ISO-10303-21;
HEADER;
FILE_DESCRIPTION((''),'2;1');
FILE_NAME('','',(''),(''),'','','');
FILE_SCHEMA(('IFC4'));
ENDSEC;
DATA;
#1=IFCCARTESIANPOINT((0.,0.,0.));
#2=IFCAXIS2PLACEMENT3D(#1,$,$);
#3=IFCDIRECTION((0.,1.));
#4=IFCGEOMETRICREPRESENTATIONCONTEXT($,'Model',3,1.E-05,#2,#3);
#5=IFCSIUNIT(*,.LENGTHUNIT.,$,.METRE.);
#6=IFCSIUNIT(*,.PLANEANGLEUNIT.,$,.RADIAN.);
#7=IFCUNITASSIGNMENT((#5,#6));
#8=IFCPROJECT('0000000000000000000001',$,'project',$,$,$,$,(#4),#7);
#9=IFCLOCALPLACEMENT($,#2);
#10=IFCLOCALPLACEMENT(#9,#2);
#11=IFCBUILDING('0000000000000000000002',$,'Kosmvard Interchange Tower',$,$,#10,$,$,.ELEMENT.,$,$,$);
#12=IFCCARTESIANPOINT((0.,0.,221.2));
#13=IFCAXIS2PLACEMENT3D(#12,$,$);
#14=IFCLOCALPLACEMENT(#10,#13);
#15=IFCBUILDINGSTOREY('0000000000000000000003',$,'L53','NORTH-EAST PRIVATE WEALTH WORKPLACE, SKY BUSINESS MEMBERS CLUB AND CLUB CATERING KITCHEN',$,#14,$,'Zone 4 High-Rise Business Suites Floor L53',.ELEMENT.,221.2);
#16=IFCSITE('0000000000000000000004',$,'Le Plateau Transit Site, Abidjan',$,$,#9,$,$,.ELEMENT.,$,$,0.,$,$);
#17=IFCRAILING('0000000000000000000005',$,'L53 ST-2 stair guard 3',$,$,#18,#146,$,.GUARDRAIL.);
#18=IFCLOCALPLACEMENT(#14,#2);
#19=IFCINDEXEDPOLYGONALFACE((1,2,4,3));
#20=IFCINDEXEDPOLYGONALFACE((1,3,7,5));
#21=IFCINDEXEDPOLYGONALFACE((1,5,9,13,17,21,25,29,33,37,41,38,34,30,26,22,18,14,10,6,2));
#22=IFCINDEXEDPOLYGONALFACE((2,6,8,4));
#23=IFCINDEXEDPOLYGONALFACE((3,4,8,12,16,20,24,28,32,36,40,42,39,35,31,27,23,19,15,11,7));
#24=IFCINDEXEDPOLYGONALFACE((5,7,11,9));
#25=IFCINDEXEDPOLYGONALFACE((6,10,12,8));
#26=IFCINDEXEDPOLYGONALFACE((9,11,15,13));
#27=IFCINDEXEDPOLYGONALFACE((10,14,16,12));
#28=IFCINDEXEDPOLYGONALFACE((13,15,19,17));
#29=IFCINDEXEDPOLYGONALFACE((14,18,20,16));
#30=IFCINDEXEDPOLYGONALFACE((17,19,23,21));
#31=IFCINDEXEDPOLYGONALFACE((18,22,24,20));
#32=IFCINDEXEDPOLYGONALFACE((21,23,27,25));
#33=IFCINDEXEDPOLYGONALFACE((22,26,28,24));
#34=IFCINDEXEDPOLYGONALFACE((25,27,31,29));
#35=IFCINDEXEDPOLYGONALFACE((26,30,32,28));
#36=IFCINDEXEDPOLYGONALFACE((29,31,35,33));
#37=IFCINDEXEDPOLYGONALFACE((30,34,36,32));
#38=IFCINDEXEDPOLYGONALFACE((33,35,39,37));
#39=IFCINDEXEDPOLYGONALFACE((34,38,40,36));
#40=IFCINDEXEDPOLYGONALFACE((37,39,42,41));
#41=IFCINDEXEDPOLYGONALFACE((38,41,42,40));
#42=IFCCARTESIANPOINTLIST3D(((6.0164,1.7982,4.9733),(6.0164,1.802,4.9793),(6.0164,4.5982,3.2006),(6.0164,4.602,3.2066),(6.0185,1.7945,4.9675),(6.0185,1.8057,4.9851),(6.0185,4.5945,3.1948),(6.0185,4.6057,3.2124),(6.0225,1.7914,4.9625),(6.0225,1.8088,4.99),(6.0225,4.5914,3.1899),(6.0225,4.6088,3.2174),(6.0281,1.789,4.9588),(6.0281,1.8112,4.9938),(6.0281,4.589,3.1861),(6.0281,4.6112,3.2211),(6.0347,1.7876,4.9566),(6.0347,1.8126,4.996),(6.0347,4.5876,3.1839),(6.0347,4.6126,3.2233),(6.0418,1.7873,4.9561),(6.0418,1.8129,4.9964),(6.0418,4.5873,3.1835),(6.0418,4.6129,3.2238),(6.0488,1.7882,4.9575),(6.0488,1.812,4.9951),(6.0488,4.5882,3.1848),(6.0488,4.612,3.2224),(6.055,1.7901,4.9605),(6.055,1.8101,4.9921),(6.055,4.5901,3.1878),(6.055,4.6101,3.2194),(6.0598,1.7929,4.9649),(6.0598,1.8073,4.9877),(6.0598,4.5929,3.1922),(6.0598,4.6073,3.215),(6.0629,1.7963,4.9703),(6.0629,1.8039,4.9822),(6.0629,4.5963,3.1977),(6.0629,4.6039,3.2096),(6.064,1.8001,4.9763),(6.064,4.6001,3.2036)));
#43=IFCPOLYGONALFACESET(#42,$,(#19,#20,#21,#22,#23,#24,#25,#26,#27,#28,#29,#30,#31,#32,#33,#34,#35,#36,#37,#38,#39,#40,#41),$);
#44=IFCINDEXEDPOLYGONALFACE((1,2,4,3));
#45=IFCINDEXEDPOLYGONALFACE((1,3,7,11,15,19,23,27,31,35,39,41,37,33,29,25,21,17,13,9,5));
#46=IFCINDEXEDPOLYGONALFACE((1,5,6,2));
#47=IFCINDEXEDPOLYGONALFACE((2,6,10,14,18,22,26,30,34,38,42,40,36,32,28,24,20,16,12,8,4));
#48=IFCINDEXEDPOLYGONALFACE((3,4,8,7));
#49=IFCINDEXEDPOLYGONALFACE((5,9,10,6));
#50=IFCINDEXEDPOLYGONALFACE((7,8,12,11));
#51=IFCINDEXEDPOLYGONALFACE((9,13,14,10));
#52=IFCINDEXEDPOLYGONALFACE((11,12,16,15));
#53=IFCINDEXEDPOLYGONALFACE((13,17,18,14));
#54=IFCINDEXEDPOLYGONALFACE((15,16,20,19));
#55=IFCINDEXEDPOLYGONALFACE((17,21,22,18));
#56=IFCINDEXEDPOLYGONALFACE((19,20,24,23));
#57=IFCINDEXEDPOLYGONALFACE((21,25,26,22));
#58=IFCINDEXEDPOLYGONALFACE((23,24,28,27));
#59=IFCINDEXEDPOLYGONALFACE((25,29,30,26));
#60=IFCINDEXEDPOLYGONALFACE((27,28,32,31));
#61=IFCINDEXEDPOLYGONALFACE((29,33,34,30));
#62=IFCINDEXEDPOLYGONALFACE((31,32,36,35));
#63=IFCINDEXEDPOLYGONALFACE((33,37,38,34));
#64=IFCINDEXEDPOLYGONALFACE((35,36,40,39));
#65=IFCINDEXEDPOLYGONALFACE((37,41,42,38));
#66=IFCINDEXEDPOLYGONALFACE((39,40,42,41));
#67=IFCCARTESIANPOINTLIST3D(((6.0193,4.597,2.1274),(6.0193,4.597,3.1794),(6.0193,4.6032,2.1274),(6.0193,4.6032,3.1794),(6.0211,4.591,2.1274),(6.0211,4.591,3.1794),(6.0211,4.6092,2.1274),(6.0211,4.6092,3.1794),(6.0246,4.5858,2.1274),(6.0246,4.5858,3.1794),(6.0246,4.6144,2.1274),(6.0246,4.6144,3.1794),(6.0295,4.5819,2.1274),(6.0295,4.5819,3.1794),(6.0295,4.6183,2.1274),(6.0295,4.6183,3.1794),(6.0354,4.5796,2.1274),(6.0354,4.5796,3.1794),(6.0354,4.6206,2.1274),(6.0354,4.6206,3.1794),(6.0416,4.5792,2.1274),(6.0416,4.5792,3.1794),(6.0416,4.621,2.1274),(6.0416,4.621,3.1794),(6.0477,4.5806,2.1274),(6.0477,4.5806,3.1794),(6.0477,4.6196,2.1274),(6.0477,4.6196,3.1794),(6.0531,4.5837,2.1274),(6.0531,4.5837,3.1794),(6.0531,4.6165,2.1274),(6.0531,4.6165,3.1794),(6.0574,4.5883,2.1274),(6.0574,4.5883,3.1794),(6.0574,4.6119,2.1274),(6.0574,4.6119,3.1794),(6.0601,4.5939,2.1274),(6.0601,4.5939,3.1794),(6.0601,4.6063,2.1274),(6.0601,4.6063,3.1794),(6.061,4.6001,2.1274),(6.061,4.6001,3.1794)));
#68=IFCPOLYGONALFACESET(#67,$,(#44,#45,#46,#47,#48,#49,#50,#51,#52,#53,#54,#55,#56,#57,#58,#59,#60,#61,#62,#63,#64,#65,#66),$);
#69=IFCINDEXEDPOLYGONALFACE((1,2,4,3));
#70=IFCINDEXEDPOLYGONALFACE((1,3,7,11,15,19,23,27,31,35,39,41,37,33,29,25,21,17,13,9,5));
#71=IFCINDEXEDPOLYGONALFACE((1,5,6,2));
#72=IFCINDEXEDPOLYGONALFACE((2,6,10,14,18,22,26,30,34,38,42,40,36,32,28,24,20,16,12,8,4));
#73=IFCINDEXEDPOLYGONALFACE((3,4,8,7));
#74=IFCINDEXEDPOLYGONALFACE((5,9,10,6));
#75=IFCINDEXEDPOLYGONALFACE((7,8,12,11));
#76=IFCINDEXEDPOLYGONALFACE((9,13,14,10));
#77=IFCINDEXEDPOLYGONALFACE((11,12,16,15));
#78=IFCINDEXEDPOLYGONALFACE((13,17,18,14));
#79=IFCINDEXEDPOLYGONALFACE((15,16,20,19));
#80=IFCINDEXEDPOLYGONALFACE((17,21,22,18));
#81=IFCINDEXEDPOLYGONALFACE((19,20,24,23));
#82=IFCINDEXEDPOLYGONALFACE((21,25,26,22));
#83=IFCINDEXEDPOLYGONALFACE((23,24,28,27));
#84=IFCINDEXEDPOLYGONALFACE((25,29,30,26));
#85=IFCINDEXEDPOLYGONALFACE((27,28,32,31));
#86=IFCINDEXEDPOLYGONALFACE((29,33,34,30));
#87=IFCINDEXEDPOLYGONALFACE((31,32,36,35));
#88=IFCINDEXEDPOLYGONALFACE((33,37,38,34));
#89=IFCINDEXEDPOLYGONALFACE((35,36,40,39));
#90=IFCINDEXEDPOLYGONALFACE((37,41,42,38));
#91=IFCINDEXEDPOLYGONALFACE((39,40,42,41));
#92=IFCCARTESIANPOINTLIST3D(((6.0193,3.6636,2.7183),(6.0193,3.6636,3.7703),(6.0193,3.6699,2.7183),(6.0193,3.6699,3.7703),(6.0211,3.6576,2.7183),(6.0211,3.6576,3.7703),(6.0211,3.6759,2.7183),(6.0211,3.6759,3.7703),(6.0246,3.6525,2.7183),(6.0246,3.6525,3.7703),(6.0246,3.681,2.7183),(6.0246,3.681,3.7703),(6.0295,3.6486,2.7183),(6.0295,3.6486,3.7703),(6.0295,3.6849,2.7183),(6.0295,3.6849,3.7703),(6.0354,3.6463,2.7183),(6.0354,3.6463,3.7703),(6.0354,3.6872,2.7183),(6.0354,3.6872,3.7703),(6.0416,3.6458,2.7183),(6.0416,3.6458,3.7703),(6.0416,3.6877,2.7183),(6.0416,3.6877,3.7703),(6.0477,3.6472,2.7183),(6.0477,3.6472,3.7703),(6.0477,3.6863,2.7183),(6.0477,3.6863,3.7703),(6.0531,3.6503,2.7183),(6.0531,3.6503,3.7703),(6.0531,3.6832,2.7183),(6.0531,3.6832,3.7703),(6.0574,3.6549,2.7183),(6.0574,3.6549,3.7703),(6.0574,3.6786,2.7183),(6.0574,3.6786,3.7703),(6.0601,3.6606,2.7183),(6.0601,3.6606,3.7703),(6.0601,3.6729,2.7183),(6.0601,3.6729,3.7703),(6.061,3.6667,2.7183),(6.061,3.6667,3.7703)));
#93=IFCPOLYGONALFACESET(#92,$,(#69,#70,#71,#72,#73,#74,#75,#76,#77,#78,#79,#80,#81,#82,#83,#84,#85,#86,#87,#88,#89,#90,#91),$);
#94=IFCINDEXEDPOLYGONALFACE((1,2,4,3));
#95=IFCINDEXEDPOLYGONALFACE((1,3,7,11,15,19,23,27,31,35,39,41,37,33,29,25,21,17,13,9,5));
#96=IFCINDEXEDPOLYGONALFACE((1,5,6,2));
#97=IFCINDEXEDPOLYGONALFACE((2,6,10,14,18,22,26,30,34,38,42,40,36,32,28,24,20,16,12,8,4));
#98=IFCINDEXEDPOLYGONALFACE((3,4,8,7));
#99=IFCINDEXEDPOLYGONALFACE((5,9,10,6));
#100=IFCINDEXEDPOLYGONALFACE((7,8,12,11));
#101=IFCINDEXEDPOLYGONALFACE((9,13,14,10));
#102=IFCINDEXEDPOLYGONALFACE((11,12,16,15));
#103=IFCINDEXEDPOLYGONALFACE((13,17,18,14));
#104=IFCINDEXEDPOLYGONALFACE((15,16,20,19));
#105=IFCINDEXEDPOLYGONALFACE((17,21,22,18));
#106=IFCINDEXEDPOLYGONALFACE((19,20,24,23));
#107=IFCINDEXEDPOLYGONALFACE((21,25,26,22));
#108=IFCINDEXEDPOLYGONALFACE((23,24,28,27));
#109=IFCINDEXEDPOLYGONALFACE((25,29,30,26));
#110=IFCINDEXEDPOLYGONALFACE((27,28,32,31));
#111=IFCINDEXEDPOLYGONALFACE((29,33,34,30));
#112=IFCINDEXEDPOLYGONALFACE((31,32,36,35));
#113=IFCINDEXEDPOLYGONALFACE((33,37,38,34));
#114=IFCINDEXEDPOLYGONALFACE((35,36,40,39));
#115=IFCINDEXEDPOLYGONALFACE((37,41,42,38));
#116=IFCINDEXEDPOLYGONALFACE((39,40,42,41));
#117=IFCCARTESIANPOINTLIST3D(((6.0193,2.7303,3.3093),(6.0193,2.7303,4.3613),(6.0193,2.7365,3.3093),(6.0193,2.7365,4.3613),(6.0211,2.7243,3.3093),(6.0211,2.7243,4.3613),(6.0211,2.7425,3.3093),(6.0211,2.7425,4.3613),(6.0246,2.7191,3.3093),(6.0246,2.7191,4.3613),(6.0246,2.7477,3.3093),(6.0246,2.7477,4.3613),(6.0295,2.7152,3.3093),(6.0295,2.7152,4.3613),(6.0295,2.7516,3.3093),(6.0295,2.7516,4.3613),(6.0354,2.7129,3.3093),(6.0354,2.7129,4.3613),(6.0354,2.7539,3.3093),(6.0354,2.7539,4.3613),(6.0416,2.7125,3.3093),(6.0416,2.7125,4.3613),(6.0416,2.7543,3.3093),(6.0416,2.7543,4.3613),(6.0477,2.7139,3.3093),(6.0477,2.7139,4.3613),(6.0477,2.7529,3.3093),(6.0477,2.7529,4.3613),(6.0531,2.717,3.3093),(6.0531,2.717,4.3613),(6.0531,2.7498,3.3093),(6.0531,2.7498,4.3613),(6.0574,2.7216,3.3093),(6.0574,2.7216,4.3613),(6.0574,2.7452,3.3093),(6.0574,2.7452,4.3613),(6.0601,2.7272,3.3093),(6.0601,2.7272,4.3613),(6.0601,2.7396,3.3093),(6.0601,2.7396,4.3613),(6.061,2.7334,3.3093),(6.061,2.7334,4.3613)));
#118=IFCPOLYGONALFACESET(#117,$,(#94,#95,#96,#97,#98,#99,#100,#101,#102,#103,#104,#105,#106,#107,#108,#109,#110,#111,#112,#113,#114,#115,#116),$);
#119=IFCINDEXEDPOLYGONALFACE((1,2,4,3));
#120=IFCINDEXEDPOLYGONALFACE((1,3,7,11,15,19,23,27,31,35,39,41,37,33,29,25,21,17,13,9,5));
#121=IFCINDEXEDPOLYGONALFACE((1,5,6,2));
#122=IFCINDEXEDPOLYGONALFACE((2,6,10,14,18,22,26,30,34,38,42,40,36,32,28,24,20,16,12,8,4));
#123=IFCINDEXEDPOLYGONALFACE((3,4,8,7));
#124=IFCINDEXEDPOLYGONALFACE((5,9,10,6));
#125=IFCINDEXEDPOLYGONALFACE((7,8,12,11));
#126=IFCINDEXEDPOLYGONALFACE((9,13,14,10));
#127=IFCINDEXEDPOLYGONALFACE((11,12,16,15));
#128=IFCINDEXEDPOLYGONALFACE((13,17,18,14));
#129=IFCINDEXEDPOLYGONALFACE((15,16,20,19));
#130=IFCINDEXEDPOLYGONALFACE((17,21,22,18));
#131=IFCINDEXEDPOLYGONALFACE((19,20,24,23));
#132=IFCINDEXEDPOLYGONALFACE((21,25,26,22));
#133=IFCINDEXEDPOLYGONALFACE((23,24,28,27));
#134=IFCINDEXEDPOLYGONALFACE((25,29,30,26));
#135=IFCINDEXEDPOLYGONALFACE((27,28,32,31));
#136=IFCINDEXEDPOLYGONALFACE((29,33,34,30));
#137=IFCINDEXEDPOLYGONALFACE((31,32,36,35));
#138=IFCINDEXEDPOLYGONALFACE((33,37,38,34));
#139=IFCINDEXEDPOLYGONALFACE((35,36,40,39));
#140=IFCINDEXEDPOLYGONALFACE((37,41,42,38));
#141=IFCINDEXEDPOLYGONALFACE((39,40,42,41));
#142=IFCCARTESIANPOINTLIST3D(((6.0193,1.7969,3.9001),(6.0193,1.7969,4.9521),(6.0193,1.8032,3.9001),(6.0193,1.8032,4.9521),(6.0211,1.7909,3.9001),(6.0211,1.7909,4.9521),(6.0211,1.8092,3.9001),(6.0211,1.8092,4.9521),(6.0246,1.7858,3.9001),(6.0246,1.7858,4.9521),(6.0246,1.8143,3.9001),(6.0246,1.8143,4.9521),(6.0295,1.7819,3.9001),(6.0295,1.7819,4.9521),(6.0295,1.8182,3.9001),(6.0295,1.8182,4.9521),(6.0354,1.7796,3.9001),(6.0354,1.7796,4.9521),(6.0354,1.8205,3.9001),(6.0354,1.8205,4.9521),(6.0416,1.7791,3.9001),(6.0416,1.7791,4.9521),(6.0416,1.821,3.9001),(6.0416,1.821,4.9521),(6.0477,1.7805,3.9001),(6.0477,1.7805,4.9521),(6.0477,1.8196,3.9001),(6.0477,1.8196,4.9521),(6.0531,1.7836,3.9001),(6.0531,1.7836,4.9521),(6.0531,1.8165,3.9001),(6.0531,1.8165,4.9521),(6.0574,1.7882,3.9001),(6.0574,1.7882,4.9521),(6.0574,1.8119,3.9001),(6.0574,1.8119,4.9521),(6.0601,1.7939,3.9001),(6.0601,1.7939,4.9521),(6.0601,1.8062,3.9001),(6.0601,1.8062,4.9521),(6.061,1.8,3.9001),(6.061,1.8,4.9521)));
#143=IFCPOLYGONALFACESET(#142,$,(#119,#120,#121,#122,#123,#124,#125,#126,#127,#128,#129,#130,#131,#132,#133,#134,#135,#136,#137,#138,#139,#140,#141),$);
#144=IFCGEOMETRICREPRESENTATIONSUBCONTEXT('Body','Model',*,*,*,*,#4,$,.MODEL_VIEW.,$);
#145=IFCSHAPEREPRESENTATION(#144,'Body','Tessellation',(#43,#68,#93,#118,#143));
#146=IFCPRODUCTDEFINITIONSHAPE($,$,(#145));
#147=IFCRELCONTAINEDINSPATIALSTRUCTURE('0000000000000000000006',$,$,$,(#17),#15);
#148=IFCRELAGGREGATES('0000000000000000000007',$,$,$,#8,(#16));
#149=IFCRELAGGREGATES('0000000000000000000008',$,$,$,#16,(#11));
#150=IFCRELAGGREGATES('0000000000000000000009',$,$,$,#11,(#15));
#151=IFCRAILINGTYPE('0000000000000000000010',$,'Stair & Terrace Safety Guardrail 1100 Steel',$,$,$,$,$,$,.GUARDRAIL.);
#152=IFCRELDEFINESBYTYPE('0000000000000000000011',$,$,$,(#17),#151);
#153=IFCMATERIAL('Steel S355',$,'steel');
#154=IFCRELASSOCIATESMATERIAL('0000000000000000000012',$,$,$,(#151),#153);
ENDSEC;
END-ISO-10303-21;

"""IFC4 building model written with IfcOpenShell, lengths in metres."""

from ifc_helpers import new_model, si_unit, direction, frame, origin, origin_2d, place, context, subcontext, project, spatial, circle, extrude, source, transform, mapped, material, type_object, element, save


model = new_model("IFC4")

# Units and contexts
model_context = context("Model", 3, precision=1e-05, world=origin(), true_north=direction((0.0, 1.0)))
body_context = subcontext(model_context, "Body", "Model", "MODEL_VIEW")
ifc_project = project(units=[si_unit("LENGTHUNIT", "METRE"), si_unit("PLANEANGLEUNIT", "RADIAN")], contexts=[model_context])

# Site, building, storey
site_placement = place(None, origin())
site = spatial("IfcSite", under=ifc_project, at=site_placement, Name="Le Plateau Transit Site, Abidjan", CompositionType="ELEMENT", RefElevation=0.0)
building_placement = place(site_placement, origin())
building = spatial("IfcBuilding", under=site, at=building_placement, Name="Kosmvard Interchange Tower", CompositionType="ELEMENT")
storey_placement = place(building_placement, frame((0.0, 0.0, 221.2)))
storey = spatial("IfcBuildingStorey", under=building, at=storey_placement, Name="L53", Description="NORTH-EAST PRIVATE WEALTH WORKPLACE, SKY BUSINESS MEMBERS CLUB AND CLUB CATERING KITCHEN", LongName="Zone 4 High-Rise Business Suites Floor L53", CompositionType="ELEMENT", Elevation=221.2)

# Shared definitions
ifc_material_1 = material(Name="Steel S355", Category="steel")

# Railing
railing_type_1 = type_object("IfcRailingType", Name="Stair & Terrace Safety Guardrail 1100 Steel", PredefinedType="GUARDRAIL", material=ifc_material_1)
shared_shape_1 = source(origin(), body_context, "Body", "SweptSolid", [
    extrude(circle(Radius=0.0239, at=origin_2d()), frame((0.0, 0.0, 1.0762), z_axis=(0.0, -0.844909, 0.53491), x_axis=(1.0, 0.0, 0.0)), (0.0, 0.0, 1.0), 3.314),
    extrude(circle(Radius=0.021, at=origin_2d()), origin(), (0.0, 0.0, 1.0), 1.052),
    extrude(circle(Radius=0.021, at=origin_2d()), frame((0.0, -0.9333, 0.5908)), (0.0, 0.0, 1.0), 1.052),
    extrude(circle(Radius=0.021, at=origin_2d()), frame((0.0, -1.8667, 1.1819)), (0.0, 0.0, 1.0), 1.052),
    extrude(circle(Radius=0.021, at=origin_2d()), frame((0.0, -2.8, 1.7727)), (0.0, 0.0, 1.0), 1.052),
])
railing_1_placement = place(storey_placement, frame((6.04, 4.6001, 2.1274)))
element("IfcRailing", 1, at=railing_1_placement, inside=storey, type_object=railing_type_1, Name="L53 ST-2 stair guard 3", PredefinedType="GUARDRAIL", context=body_context, shape_type="MappedRepresentation", body=[
    mapped(shared_shape_1, transform((0.0, 0.0, 0.0), scale=1.0)),
])

save(model, "model.ifc")
